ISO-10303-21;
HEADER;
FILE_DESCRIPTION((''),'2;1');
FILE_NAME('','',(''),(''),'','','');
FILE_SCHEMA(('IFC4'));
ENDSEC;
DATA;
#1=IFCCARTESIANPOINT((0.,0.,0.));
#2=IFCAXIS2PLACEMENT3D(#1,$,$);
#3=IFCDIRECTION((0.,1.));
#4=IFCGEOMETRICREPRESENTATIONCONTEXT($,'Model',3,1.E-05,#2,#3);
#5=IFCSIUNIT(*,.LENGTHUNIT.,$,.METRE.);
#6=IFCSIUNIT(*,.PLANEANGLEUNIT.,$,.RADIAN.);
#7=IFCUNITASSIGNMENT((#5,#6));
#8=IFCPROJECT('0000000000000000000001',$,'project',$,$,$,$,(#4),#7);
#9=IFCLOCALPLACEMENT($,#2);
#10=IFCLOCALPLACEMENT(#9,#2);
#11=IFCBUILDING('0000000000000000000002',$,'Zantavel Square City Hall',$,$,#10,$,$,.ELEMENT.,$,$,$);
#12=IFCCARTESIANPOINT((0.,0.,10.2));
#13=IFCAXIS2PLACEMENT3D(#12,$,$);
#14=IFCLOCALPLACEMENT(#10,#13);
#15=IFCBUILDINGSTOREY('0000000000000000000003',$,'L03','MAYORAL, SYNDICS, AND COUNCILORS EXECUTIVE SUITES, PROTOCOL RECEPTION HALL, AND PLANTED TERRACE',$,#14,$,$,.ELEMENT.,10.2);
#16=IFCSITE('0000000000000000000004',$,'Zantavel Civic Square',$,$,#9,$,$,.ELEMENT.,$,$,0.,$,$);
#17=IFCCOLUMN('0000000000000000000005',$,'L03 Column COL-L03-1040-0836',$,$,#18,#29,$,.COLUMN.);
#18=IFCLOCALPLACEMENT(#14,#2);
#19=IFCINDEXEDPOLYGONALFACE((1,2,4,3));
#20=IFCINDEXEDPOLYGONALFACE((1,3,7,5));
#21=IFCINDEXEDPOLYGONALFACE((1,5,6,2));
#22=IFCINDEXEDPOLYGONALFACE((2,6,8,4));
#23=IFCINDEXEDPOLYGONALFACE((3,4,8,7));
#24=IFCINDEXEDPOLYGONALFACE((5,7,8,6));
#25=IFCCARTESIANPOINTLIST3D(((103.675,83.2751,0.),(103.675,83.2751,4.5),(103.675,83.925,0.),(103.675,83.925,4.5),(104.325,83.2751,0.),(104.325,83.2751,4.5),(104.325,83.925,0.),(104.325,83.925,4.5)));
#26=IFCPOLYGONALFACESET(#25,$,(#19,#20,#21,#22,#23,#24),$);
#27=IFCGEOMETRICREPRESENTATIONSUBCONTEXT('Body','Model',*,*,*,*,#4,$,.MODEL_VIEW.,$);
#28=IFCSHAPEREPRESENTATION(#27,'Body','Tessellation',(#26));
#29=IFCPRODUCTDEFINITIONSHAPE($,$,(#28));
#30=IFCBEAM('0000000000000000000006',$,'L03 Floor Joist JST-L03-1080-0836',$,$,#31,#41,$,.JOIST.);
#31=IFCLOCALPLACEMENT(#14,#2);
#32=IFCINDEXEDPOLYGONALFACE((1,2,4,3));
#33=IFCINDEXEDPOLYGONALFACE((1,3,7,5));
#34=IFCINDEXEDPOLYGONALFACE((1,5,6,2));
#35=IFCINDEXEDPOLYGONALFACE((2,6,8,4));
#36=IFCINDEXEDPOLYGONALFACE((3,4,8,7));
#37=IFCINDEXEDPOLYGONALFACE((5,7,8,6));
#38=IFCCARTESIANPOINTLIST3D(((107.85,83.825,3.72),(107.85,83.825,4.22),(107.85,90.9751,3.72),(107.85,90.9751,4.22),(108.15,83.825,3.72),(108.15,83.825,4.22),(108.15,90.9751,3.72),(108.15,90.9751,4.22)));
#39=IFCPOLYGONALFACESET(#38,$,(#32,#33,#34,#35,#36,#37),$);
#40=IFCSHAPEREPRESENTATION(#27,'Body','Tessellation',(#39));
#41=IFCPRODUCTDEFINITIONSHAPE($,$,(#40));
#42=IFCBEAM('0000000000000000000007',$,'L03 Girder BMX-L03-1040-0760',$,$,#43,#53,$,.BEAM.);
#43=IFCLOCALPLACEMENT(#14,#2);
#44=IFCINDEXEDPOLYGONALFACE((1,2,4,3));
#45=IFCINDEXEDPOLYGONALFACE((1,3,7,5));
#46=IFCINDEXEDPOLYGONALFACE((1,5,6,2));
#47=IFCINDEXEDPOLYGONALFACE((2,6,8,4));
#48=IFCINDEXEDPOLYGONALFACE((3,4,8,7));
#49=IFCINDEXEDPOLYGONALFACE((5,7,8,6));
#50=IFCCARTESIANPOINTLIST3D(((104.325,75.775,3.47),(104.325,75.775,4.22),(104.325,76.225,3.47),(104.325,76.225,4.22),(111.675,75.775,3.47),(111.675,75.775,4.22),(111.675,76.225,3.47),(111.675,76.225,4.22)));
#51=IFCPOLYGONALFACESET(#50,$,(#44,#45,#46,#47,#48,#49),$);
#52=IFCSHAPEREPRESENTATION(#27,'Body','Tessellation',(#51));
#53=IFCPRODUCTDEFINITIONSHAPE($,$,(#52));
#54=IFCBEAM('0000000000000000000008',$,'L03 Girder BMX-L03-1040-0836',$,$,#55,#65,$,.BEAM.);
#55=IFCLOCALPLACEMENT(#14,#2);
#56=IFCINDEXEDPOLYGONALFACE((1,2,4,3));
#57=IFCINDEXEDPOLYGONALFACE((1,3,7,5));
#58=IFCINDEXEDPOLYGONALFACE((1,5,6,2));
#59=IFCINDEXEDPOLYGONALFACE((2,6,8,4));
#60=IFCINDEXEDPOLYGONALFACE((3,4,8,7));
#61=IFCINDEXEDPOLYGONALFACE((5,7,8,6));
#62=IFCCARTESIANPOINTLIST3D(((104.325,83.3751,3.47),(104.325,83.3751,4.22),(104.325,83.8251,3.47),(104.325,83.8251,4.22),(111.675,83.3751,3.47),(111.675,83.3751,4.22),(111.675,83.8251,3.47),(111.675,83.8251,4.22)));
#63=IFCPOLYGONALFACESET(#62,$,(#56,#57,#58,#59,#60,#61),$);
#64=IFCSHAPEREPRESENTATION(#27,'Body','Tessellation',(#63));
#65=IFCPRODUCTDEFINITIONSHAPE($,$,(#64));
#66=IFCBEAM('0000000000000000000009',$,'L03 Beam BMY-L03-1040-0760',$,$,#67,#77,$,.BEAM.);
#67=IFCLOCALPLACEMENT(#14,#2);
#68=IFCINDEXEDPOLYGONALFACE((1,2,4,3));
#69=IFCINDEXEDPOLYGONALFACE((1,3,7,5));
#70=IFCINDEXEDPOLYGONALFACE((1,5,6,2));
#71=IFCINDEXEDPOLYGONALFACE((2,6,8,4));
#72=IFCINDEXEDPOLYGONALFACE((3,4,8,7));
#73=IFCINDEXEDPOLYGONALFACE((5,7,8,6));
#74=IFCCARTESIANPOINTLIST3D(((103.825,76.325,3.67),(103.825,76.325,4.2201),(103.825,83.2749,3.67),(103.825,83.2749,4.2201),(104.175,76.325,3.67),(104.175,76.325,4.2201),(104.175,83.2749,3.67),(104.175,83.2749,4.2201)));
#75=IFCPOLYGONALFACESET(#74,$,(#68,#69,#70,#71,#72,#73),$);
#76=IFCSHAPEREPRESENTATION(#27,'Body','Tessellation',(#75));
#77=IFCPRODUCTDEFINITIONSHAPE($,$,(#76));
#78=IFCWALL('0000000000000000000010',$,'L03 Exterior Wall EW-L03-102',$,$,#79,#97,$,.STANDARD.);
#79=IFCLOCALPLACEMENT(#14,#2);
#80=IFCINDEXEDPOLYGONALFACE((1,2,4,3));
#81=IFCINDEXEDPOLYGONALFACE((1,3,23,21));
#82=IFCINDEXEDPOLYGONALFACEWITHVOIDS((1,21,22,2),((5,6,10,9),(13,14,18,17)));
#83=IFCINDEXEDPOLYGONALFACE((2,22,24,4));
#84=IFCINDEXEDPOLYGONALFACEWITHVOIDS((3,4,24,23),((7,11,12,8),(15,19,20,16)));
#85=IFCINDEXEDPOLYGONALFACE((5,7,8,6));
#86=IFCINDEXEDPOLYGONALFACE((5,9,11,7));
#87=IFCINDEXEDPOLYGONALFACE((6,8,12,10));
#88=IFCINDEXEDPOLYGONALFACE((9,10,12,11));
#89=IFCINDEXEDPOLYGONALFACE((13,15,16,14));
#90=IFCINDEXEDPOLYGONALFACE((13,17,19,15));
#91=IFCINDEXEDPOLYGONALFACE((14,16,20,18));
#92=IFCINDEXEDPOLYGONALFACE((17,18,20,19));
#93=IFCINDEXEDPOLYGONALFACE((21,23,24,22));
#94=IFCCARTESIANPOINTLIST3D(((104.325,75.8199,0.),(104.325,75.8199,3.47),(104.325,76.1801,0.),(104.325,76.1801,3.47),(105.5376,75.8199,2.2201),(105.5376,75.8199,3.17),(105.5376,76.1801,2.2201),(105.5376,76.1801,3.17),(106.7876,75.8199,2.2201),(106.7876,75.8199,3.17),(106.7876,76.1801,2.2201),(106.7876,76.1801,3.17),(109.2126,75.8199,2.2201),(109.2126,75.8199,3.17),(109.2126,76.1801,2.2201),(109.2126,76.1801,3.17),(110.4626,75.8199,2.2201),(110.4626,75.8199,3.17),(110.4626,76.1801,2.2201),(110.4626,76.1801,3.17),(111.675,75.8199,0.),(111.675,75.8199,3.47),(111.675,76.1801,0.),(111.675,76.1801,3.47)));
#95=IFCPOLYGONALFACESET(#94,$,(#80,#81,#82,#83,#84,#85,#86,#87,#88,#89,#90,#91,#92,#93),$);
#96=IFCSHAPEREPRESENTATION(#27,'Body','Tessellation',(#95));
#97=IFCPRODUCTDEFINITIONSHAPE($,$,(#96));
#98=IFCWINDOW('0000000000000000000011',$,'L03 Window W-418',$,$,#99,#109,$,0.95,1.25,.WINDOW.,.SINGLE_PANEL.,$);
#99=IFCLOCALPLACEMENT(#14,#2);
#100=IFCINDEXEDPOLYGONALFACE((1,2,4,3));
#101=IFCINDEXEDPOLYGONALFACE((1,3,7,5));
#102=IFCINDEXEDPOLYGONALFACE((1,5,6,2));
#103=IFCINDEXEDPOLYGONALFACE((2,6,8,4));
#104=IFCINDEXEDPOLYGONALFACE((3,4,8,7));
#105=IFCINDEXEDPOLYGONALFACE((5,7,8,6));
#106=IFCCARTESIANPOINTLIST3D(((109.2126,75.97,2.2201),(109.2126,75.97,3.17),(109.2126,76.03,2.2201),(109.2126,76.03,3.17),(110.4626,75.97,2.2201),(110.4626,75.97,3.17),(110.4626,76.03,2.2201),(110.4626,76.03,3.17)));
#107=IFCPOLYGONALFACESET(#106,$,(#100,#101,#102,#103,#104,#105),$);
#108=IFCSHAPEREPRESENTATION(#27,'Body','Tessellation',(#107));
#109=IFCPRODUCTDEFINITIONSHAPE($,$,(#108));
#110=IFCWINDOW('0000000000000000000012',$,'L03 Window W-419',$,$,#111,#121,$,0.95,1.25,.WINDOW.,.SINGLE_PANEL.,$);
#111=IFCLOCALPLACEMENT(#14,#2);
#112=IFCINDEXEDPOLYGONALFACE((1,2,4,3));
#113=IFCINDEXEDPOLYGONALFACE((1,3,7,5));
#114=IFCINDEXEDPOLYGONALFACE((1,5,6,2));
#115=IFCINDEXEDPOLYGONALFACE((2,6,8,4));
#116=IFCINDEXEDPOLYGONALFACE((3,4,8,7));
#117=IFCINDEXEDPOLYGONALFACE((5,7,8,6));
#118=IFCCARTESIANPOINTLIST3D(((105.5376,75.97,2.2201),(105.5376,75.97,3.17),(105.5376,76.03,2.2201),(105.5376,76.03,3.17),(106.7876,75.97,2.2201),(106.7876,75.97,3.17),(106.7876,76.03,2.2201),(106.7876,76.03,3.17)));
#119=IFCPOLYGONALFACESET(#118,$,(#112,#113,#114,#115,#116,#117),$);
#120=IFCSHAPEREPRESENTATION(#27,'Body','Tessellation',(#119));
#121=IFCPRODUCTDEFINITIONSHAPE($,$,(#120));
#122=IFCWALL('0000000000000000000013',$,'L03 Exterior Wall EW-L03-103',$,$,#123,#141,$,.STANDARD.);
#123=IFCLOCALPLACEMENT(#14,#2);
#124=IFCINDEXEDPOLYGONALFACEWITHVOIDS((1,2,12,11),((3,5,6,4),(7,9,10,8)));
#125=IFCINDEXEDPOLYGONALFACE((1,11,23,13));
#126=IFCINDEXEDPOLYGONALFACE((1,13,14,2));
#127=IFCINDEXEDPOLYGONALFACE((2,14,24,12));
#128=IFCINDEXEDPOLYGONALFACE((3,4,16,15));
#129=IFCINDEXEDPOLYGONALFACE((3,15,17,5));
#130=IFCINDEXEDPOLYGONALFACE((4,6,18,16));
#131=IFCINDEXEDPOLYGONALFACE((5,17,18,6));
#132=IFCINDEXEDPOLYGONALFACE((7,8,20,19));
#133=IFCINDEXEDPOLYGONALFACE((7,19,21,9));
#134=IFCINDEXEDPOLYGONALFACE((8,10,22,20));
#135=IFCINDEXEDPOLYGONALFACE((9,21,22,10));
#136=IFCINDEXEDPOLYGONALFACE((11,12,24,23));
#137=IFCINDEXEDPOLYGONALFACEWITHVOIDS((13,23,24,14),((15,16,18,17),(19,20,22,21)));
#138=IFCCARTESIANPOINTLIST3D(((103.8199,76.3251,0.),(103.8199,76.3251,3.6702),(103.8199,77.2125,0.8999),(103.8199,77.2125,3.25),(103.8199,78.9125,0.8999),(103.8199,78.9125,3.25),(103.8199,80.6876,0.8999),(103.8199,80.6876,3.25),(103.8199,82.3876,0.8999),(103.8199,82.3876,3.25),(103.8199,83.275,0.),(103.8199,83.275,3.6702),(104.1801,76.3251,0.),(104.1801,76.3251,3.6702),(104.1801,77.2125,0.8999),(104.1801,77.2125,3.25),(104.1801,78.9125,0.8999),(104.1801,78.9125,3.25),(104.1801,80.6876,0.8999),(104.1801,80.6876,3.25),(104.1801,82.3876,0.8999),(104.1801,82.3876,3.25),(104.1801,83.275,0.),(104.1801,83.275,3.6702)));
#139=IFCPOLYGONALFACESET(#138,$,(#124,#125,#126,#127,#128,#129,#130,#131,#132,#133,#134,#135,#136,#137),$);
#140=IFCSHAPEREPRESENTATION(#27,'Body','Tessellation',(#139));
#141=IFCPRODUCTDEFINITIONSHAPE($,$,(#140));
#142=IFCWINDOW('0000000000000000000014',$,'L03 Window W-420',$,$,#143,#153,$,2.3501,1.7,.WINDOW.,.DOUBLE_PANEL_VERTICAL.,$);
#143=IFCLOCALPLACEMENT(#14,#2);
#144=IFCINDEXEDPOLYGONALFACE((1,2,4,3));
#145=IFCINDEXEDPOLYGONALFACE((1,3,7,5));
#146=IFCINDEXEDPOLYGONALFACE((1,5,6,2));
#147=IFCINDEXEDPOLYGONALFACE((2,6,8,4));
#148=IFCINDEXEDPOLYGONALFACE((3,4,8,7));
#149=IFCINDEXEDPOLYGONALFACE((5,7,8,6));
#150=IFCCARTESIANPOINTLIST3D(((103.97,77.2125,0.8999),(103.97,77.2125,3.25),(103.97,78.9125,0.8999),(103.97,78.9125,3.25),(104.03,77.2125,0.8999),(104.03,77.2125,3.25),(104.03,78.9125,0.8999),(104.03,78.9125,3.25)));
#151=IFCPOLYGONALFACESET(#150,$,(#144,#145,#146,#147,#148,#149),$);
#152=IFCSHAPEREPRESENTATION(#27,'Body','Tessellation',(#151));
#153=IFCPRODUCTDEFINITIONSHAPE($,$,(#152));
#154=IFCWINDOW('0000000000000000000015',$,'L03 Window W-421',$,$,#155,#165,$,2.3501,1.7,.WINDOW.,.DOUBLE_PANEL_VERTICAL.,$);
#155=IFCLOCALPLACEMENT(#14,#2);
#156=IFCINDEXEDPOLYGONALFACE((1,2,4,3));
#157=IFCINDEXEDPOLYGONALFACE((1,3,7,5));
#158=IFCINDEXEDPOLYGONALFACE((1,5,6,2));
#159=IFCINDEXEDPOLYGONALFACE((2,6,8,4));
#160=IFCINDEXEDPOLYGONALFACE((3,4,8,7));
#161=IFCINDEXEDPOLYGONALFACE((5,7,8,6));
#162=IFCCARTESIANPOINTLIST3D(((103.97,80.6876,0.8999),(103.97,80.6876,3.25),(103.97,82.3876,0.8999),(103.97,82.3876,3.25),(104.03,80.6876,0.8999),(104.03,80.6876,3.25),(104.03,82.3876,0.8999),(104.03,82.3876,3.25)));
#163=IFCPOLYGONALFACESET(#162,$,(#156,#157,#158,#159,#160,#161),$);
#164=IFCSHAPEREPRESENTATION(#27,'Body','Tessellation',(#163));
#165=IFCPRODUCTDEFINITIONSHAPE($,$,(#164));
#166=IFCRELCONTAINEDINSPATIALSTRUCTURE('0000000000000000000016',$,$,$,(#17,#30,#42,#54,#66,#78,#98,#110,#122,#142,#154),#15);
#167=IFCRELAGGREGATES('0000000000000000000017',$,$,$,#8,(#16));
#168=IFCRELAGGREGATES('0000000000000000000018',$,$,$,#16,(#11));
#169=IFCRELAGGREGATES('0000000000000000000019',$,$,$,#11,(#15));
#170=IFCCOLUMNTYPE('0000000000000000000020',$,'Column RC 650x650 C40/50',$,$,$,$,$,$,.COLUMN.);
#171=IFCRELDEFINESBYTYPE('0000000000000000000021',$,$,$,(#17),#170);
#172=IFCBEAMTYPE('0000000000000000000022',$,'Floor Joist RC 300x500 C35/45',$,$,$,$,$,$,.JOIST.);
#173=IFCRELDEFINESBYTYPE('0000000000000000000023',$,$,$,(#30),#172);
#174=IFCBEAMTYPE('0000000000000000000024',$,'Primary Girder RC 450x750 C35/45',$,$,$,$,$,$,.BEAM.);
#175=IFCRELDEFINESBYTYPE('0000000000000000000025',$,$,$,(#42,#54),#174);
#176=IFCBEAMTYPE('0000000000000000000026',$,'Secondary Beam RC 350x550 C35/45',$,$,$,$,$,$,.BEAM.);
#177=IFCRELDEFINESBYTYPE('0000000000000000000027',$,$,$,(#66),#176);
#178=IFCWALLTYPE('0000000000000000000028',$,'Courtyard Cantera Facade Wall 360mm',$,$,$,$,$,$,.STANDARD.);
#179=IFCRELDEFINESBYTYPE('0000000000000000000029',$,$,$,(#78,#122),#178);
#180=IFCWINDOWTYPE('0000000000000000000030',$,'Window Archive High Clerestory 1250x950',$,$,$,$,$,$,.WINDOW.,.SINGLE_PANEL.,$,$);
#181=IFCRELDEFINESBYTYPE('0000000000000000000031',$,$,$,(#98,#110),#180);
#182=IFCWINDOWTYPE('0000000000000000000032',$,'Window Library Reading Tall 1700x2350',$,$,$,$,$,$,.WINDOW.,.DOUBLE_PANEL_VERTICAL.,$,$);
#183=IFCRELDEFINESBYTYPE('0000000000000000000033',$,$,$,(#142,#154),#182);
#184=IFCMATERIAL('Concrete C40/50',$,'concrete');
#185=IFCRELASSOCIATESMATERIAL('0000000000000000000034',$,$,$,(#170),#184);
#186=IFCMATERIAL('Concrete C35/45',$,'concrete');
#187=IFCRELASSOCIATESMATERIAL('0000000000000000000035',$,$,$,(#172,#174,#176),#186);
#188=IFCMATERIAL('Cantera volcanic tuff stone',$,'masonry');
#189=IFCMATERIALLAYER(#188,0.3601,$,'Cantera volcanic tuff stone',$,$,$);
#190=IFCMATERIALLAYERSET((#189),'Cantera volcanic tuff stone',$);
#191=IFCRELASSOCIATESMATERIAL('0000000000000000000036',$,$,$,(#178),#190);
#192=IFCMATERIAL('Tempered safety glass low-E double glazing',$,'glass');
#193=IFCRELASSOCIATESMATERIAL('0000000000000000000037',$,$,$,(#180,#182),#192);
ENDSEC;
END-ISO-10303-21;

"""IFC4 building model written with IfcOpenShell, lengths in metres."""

from ifc_helpers import new_model, si_unit, direction, frame, frame_2d, origin, origin_2d, place, context, subcontext, project, spatial, rectangle, extrude, material, layer, layer_set, material_profile, profile_set, type_object, element, fill, save


model = new_model("IFC4")

# Units and contexts
model_context = context("Model", 3, precision=1e-05, world=origin(), true_north=direction((0.0, 1.0)))
body_context = subcontext(model_context, "Body", "Model", "MODEL_VIEW")
ifc_project = project(units=[si_unit("LENGTHUNIT", "METRE"), si_unit("PLANEANGLEUNIT", "RADIAN")], contexts=[model_context])

# Site, building, storey
site_placement = place(None, origin())
site = spatial("IfcSite", under=ifc_project, at=site_placement, Name="Zantavel Civic Square", CompositionType="ELEMENT", RefElevation=0.0)
building_placement = place(site_placement, origin())
building = spatial("IfcBuilding", under=site, at=building_placement, Name="Zantavel Square City Hall", CompositionType="ELEMENT")
storey_placement = place(building_placement, frame((0.0, 0.0, 10.2)))
storey = spatial("IfcBuildingStorey", under=building, at=storey_placement, Name="L03", Description="MAYORAL, SYNDICS, AND COUNCILORS EXECUTIVE SUITES, PROTOCOL RECEPTION HALL, AND PLANTED TERRACE", CompositionType="ELEMENT", Elevation=10.2)

# Column
ifc_material_1 = material(Name="Concrete C40/50", Category="concrete")
ifc_material_profile_1 = material_profile(ifc_material_1, rectangle(XDim=0.6499, YDim=0.6499, at=origin_2d()), Name="RC 650x650")
ifc_profile_set_1 = profile_set([ifc_material_profile_1], Name="Concrete C40/50")
column_type = type_object("IfcColumnType", Name="Column RC 650x650 C40/50", PredefinedType="COLUMN", material=ifc_profile_set_1)
column_placement = place(storey_placement, frame((104.0, 83.6001, 0.0), z_axis=(0.0, 0.0, 1.0), x_axis=(1.0, 0.0, 0.0)))
element("IfcColumn", 1, at=column_placement, inside=storey, type_object=column_type, Name="L03 Column COL-L03-1040-0836", PredefinedType="COLUMN", context=body_context, shape_type="SweptSolid", body=[
    extrude(rectangle(XDim=0.6499, YDim=0.6499, at=origin_2d()), origin(), (0.0, 0.0, 1.0), 4.5),
])

# Beams
ifc_material_2 = material(Name="Concrete C35/45", Category="concrete")
ifc_material_profile_2 = material_profile(ifc_material_2, rectangle(XDim=0.3, YDim=0.5, at=origin_2d()), Name="RC 300x500")
ifc_profile_set_2 = profile_set([ifc_material_profile_2], Name="Concrete C35/45")
beam_type_1 = type_object("IfcBeamType", Name="Floor Joist RC 300x500 C35/45", PredefinedType="JOIST", material=ifc_profile_set_2)
beam_1_placement = place(storey_placement, frame((108.0, 83.825, 3.97), z_axis=(0.0, 1.0, 0.0), x_axis=(-1.0, 0.0, 0.0)))
element("IfcBeam", 2, at=beam_1_placement, inside=storey, type_object=beam_type_1, Name="L03 Floor Joist JST-L03-1080-0836", PredefinedType="JOIST", context=body_context, shape_type="SweptSolid", body=[
    extrude(rectangle(XDim=0.3, YDim=0.5, at=origin_2d()), origin(), (0.0, 0.0, 1.0), 7.1501),
])
ifc_material_profile_3 = material_profile(ifc_material_2, rectangle(XDim=0.45, YDim=0.75, at=origin_2d()), Name="RC 450x750")
ifc_profile_set_3 = profile_set([ifc_material_profile_3], Name="Concrete C35/45")
beam_type_2 = type_object("IfcBeamType", Name="Primary Girder RC 450x750 C35/45", PredefinedType="BEAM", material=ifc_profile_set_3)
for number, where, z_axis, x_axis, name in (
    (3, (104.325, 76.0, 3.845), (1.0, 0.0, 0.0), (0.0, 1.0, 0.0), "L03 Girder BMX-L03-1040-0760"),
    (4, (104.325, 83.6001, 3.845), (1.0, 0.0, 0.0), (0.0, 1.0, 0.0), "L03 Girder BMX-L03-1040-0836"),
):
    element("IfcBeam", number, at=place(storey_placement, frame(where, z_axis=z_axis, x_axis=x_axis)), inside=storey, type_object=beam_type_2, Name=name, PredefinedType="BEAM", context=body_context, shape_type="SweptSolid", body=[
        extrude(rectangle(XDim=0.45, YDim=0.75, at=origin_2d()), origin(), (0.0, 0.0, 1.0), 7.3501),
    ])
ifc_material_profile_4 = material_profile(ifc_material_2, rectangle(XDim=0.3501, YDim=0.55, at=origin_2d()), Name="RC 350x550")
ifc_profile_set_4 = profile_set([ifc_material_profile_4], Name="Concrete C35/45")
beam_type_3 = type_object("IfcBeamType", Name="Secondary Beam RC 350x550 C35/45", PredefinedType="BEAM", material=ifc_profile_set_4)
beam_2_placement = place(storey_placement, frame((104.0, 76.325, 3.9451), z_axis=(0.0, 1.0, 0.0), x_axis=(-1.0, 0.0, 0.0)))
element("IfcBeam", 5, at=beam_2_placement, inside=storey, type_object=beam_type_3, Name="L03 Beam BMY-L03-1040-0760", PredefinedType="BEAM", context=body_context, shape_type="SweptSolid", body=[
    extrude(rectangle(XDim=0.3501, YDim=0.55, at=origin_2d()), origin(), (0.0, 0.0, 1.0), 6.95),
])

# Walls, openings, windows
ifc_material_3 = material(Name="Cantera volcanic tuff stone", Category="masonry")
ifc_layer_1 = layer(ifc_material_3, 0.3601, Name="Cantera volcanic tuff stone")
ifc_layer_set_1 = layer_set([ifc_layer_1], Name="Cantera volcanic tuff stone")
wall_type_1 = type_object("IfcWallType", Name="Courtyard Cantera Facade Wall 360mm", PredefinedType="STANDARD", material=ifc_layer_set_1)
wall_1_placement = place(storey_placement, frame((111.675, 76.0, 0.0), z_axis=(0.0, 0.0, 1.0), x_axis=(-1.0, 0.0, 0.0)))
wall_1 = element("IfcWall", 6, at=wall_1_placement, inside=storey, type_object=wall_type_1, Name="L03 Exterior Wall EW-L03-102", PredefinedType="STANDARD", context=body_context, shape_type="SweptSolid", body=[
    extrude(rectangle(XDim=7.3501, YDim=0.3601, at=frame_2d((3.675, 0.0))), origin(), (0.0, 0.0, 1.0), 3.47),
])
opening_1_placement = place(wall_1_placement, frame((1.2124, 0.0, 2.22)))
opening_1 = element("IfcOpeningElement", 7, at=opening_1_placement, cuts=wall_1, PredefinedType="OPENING", context=body_context, shape_type="SweptSolid", body=[
    extrude(rectangle(XDim=1.25, YDim=0.95, at=frame_2d((0.625, 0.4751))), frame((0.0, 0.1899, 0.0), z_axis=(0.0, -1.0, 0.0), x_axis=(1.0, 0.0, 0.0)), (0.0, 0.0, 1.0), 0.3801),
])
opening_2_placement = place(wall_1_placement, frame((4.8875, 0.0, 2.22)))
opening_2 = element("IfcOpeningElement", 8, at=opening_2_placement, cuts=wall_1, PredefinedType="OPENING", context=body_context, shape_type="SweptSolid", body=[
    extrude(rectangle(XDim=1.25, YDim=0.95, at=frame_2d((0.625, 0.4751))), frame((0.0, 0.1899, 0.0), z_axis=(0.0, -1.0, 0.0), x_axis=(1.0, 0.0, 0.0)), (0.0, 0.0, 1.0), 0.3801),
])
ifc_material_4 = material(Name="Tempered safety glass low-E double glazing", Category="glass")
window_type_1 = type_object("IfcWindowType", Name="Window Archive High Clerestory 1250x950", PartitioningType="SINGLE_PANEL", PredefinedType="WINDOW", material=ifc_material_4)
window_1_placement = place(opening_1_placement, origin())
window_1 = element("IfcWindow", 9, at=window_1_placement, inside=storey, type_object=window_type_1, Name="L03 Window W-418", OverallHeight=0.95, OverallWidth=1.25, PartitioningType="SINGLE_PANEL", PredefinedType="WINDOW", context=body_context, shape_type="SweptSolid", body=[
    extrude(rectangle(XDim=1.25, YDim=0.95, at=frame_2d((0.625, 0.4751))), frame((0.0, 0.03, 0.0), z_axis=(0.0, -1.0, 0.0), x_axis=(1.0, 0.0, 0.0)), (0.0, 0.0, 1.0), 0.0601),
])
fill(opening_1, window_1)
window_2_placement = place(opening_2_placement, origin())
window_2 = element("IfcWindow", 10, at=window_2_placement, inside=storey, type_object=window_type_1, Name="L03 Window W-419", OverallHeight=0.95, OverallWidth=1.25, PartitioningType="SINGLE_PANEL", PredefinedType="WINDOW", context=body_context, shape_type="SweptSolid", body=[
    extrude(rectangle(XDim=1.25, YDim=0.95, at=frame_2d((0.625, 0.4751))), frame((0.0, 0.03, 0.0), z_axis=(0.0, -1.0, 0.0), x_axis=(1.0, 0.0, 0.0)), (0.0, 0.0, 1.0), 0.0601),
])
fill(opening_2, window_2)
wall_2_placement = place(storey_placement, frame((104.0, 76.325, 0.0), z_axis=(0.0, 0.0, 1.0), x_axis=(0.0, 1.0, 0.0)))
wall_2 = element("IfcWall", 11, at=wall_2_placement, inside=storey, type_object=wall_type_1, Name="L03 Exterior Wall EW-L03-103", PredefinedType="STANDARD", context=body_context, shape_type="SweptSolid", body=[
    extrude(rectangle(XDim=6.95, YDim=0.3601, at=frame_2d((3.4751, 0.0))), origin(), (0.0, 0.0, 1.0), 3.6702),
])
opening_3_placement = place(wall_2_placement, frame((0.8875, 0.0, 0.8999)))
opening_3 = element("IfcOpeningElement", 12, at=opening_3_placement, cuts=wall_2, PredefinedType="OPENING", context=body_context, shape_type="SweptSolid", body=[
    extrude(rectangle(XDim=1.7, YDim=2.3501, at=frame_2d((0.8501, 1.175))), frame((0.0, 0.1899, 0.0), z_axis=(0.0, -1.0, 0.0), x_axis=(1.0, 0.0, 0.0)), (0.0, 0.0, 1.0), 0.3801),
])
opening_4_placement = place(wall_2_placement, frame((4.3625, 0.0, 0.8999)))
opening_4 = element("IfcOpeningElement", 13, at=opening_4_placement, cuts=wall_2, PredefinedType="OPENING", context=body_context, shape_type="SweptSolid", body=[
    extrude(rectangle(XDim=1.7, YDim=2.3501, at=frame_2d((0.8501, 1.175))), frame((0.0, 0.1899, 0.0), z_axis=(0.0, -1.0, 0.0), x_axis=(1.0, 0.0, 0.0)), (0.0, 0.0, 1.0), 0.3801),
])
window_type_2 = type_object("IfcWindowType", Name="Window Library Reading Tall 1700x2350", PartitioningType="DOUBLE_PANEL_VERTICAL", PredefinedType="WINDOW", material=ifc_material_4)
window_3_placement = place(opening_3_placement, origin())
window_3 = element("IfcWindow", 14, at=window_3_placement, inside=storey, type_object=window_type_2, Name="L03 Window W-420", OverallHeight=2.3501, OverallWidth=1.7, PartitioningType="DOUBLE_PANEL_VERTICAL", PredefinedType="WINDOW", context=body_context, shape_type="SweptSolid", body=[
    extrude(rectangle(XDim=1.7, YDim=2.3501, at=frame_2d((0.8501, 1.175))), frame((0.0, 0.03, 0.0), z_axis=(0.0, -1.0, 0.0), x_axis=(1.0, 0.0, 0.0)), (0.0, 0.0, 1.0), 0.0601),
])
fill(opening_3, window_3)
window_4_placement = place(opening_4_placement, origin())
window_4 = element("IfcWindow", 15, at=window_4_placement, inside=storey, type_object=window_type_2, Name="L03 Window W-421", OverallHeight=2.3501, OverallWidth=1.7, PartitioningType="DOUBLE_PANEL_VERTICAL", PredefinedType="WINDOW", context=body_context, shape_type="SweptSolid", body=[
    extrude(rectangle(XDim=1.7, YDim=2.3501, at=frame_2d((0.8501, 1.175))), frame((0.0, 0.03, 0.0), z_axis=(0.0, -1.0, 0.0), x_axis=(1.0, 0.0, 0.0)), (0.0, 0.0, 1.0), 0.0601),
])
fill(opening_4, window_4)

save(model, "model.ifc")
